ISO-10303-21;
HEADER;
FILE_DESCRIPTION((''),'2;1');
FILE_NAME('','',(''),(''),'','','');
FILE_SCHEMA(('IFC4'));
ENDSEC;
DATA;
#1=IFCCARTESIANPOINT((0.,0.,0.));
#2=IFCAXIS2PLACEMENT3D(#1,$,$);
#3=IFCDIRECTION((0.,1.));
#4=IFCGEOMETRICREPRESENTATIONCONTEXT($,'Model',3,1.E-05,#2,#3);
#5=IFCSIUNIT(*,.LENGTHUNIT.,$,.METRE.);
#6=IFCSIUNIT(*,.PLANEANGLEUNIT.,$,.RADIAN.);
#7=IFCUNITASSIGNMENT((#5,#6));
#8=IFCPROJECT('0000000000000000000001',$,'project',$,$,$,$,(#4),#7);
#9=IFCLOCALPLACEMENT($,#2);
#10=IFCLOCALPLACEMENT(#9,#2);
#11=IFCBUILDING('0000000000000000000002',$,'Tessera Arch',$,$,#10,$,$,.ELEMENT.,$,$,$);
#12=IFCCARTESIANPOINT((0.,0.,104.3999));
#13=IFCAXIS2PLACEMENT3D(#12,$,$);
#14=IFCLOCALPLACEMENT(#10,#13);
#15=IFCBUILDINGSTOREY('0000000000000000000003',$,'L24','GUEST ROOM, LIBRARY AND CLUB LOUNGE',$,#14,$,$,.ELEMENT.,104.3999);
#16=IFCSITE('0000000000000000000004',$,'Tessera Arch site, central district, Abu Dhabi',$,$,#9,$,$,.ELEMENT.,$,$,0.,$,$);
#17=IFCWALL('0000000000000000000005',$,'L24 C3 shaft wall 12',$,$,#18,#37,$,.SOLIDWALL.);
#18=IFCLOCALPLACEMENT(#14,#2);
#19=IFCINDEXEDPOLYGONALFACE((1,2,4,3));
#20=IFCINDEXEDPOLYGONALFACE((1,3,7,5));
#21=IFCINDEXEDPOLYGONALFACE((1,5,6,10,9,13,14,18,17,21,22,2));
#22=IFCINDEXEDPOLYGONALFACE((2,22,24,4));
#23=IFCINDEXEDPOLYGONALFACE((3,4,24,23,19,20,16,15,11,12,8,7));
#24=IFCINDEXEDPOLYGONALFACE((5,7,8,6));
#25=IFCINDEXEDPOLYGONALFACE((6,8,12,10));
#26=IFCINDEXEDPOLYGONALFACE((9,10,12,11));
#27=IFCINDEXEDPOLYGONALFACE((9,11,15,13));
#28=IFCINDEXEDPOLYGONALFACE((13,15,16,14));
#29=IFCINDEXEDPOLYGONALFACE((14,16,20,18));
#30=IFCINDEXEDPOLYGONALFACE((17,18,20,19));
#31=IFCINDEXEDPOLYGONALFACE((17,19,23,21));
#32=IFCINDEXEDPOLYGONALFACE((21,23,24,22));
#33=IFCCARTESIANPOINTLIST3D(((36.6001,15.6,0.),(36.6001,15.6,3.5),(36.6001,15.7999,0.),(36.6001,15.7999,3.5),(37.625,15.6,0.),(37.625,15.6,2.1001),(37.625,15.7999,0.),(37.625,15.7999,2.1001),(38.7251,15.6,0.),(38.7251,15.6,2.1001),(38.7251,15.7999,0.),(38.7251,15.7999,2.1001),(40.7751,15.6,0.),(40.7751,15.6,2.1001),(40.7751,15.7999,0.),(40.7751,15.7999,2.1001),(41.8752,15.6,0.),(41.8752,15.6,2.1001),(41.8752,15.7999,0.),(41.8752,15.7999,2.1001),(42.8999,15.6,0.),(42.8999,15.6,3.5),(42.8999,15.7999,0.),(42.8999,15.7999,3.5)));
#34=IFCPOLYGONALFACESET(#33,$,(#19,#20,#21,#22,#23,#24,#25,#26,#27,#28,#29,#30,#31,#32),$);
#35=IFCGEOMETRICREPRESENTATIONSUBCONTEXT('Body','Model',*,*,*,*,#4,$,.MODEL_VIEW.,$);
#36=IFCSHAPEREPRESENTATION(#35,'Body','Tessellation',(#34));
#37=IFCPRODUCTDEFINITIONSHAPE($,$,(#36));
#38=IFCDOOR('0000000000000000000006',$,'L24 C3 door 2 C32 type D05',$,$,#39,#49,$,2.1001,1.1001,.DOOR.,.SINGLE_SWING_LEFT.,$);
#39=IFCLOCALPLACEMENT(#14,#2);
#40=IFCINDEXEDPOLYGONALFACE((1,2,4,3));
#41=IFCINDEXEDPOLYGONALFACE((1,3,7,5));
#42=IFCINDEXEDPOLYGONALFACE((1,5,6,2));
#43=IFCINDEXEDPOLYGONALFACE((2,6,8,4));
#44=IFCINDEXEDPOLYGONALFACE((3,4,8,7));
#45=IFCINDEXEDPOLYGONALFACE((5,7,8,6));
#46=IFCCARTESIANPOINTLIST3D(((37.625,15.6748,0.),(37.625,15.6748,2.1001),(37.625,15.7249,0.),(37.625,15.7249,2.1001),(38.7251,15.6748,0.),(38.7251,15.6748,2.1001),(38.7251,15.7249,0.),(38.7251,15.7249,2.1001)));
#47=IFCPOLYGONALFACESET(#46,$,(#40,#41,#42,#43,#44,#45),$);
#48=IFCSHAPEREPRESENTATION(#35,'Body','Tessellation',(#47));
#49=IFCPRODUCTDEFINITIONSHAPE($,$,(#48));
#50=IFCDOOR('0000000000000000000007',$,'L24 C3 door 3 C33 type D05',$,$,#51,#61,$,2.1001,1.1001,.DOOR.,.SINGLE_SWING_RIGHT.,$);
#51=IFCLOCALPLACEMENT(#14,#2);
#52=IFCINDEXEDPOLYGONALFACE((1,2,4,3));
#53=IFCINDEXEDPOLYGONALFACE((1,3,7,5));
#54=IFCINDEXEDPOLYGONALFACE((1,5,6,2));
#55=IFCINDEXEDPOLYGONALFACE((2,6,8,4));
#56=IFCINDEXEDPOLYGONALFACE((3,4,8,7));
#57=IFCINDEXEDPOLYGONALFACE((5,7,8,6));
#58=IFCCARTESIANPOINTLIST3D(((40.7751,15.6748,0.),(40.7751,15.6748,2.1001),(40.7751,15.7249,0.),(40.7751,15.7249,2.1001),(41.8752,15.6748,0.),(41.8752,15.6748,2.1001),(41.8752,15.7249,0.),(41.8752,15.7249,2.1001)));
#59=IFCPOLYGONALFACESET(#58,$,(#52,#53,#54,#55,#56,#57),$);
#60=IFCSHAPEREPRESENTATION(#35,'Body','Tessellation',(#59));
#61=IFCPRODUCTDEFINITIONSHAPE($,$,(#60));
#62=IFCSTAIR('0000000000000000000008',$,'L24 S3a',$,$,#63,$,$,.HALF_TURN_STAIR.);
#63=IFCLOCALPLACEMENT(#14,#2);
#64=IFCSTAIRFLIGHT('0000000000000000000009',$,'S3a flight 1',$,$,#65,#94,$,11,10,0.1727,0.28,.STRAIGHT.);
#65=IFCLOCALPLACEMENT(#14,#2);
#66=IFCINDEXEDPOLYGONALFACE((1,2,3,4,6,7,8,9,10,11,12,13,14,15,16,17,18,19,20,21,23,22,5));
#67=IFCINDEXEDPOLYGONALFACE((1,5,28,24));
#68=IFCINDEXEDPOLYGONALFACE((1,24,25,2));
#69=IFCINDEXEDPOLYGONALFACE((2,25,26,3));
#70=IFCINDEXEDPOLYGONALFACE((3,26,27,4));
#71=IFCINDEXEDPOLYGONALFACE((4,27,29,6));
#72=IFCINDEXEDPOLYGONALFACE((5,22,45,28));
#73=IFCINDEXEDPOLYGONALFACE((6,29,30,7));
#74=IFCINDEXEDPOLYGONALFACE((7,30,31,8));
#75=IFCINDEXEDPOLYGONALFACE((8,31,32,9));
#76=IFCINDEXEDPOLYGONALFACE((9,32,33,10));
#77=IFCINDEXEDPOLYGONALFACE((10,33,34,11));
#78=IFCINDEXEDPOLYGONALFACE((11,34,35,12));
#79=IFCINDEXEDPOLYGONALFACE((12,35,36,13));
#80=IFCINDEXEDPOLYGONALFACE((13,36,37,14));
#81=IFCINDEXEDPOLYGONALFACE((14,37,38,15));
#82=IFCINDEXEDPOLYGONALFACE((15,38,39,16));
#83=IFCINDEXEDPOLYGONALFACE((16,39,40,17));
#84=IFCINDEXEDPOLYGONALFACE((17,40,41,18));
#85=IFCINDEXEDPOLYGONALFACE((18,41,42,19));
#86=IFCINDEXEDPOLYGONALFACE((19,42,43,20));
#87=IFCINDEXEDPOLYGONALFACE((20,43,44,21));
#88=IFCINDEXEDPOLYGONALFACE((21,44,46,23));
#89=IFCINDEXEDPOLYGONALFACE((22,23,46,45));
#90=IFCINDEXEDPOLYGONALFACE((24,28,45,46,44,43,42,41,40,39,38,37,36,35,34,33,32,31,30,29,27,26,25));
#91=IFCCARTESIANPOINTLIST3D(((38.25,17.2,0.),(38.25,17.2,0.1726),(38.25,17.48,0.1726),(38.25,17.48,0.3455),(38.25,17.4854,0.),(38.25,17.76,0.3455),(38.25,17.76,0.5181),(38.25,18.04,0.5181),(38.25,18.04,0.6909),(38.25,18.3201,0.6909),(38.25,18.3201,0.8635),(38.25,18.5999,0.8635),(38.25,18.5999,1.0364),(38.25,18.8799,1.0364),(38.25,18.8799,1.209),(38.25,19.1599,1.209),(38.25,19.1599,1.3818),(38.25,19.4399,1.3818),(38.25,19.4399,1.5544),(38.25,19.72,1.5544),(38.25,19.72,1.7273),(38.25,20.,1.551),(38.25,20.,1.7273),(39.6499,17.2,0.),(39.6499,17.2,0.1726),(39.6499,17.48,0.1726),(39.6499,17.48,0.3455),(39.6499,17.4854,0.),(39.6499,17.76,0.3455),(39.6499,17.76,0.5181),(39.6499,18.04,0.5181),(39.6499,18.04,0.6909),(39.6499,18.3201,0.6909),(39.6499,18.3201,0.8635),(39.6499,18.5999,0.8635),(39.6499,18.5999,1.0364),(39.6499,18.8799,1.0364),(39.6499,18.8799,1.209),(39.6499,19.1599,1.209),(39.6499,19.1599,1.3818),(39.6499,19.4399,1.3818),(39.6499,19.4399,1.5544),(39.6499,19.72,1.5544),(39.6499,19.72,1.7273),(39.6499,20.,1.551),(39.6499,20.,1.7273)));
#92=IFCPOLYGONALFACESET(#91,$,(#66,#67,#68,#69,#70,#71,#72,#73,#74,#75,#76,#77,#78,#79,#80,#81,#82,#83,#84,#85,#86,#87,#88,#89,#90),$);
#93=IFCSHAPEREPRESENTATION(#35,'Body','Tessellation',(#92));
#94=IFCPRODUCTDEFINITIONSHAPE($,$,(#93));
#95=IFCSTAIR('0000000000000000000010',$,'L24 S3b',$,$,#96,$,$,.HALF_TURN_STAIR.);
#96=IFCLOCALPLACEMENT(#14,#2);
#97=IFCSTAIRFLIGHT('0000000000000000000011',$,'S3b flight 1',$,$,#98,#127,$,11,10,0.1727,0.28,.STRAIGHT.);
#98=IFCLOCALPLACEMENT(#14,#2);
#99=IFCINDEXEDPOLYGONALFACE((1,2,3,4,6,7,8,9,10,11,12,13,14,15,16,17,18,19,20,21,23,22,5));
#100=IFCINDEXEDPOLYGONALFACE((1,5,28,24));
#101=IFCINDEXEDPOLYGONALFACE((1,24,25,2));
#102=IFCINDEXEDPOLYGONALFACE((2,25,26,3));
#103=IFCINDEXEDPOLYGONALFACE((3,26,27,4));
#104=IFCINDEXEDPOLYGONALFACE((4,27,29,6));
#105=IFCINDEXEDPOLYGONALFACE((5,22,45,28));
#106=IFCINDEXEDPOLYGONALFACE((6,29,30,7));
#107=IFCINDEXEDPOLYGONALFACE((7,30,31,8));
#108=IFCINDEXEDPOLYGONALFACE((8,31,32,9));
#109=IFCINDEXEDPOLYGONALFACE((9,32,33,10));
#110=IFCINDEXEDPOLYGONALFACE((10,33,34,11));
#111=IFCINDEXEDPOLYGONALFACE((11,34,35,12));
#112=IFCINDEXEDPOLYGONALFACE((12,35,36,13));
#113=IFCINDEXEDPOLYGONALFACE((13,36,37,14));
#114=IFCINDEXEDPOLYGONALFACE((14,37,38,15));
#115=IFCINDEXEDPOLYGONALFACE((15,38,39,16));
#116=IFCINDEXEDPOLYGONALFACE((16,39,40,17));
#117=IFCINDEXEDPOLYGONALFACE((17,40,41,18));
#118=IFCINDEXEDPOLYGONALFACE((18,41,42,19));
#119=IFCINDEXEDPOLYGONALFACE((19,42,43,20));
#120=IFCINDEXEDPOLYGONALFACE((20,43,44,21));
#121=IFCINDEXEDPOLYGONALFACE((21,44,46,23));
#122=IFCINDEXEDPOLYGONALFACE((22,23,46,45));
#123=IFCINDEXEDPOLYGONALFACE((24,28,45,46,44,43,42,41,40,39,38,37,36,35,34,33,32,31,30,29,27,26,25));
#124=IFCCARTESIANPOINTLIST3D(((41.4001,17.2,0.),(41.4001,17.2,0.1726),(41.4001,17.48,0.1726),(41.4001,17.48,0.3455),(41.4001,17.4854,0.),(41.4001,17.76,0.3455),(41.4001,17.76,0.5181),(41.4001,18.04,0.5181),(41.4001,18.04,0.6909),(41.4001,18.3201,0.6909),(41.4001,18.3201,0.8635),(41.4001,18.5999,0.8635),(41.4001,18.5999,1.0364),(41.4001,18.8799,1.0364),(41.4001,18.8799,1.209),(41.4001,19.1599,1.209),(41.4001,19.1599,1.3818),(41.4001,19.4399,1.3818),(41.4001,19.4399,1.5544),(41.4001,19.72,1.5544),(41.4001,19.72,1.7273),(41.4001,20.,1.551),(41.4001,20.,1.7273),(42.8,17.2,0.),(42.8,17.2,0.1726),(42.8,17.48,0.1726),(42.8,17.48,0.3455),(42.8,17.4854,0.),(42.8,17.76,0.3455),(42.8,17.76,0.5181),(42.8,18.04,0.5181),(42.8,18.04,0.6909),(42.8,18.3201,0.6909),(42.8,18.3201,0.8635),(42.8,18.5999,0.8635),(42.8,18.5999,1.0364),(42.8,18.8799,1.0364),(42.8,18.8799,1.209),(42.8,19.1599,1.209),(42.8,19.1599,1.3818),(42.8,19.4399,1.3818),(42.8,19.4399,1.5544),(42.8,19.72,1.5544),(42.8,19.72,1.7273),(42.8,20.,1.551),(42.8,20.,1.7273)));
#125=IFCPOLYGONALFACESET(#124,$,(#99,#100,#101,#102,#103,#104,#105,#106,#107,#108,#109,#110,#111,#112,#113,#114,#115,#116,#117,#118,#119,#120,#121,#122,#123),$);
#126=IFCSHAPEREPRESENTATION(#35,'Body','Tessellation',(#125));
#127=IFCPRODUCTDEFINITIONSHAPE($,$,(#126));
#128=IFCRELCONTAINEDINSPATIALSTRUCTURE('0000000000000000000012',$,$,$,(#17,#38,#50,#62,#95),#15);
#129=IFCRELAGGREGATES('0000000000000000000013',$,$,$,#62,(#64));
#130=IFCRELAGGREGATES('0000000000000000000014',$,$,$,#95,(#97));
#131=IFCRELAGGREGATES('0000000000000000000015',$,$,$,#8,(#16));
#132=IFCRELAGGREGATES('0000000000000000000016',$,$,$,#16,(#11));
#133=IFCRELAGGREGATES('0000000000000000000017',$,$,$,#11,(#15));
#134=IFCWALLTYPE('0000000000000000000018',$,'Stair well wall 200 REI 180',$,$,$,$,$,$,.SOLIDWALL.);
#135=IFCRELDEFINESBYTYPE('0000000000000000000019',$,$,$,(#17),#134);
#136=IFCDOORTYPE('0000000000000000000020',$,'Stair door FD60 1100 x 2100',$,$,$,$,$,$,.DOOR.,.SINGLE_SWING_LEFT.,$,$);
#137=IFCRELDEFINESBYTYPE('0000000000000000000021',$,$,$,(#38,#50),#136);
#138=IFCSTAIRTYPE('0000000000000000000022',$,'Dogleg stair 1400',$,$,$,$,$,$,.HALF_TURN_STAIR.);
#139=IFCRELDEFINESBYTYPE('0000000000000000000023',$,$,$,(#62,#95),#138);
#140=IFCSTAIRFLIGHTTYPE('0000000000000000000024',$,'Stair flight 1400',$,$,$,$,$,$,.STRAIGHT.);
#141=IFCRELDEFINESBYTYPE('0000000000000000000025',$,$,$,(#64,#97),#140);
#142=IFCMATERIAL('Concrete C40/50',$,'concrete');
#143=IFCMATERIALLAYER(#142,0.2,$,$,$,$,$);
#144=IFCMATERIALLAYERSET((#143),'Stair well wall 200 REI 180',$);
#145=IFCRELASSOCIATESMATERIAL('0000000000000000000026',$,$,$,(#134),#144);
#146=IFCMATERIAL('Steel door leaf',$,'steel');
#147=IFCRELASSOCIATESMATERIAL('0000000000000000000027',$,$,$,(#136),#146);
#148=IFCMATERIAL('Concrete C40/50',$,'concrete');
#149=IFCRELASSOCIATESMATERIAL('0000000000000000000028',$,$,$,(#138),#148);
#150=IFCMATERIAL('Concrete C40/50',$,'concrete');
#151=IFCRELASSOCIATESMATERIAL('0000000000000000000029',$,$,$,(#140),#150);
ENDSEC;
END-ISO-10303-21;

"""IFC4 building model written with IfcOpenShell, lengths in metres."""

from ifc_helpers import new_model, si_unit, direction, frame, frame_2d, origin, place, context, subcontext, project, spatial, polyline, rectangle, outline, extrude, material, layer, layer_set, type_object, element, fill, aggregate, save


model = new_model("IFC4")

# Units and contexts
model_context = context("Model", 3, precision=1e-05, world=origin(), true_north=direction((0.0, 1.0)))
body_context = subcontext(model_context, "Body", "Model", "MODEL_VIEW")
ifc_project = project(units=[si_unit("LENGTHUNIT", "METRE"), si_unit("PLANEANGLEUNIT", "RADIAN")], contexts=[model_context])

# Site, building, storey
site_placement = place(None, origin())
site = spatial("IfcSite", under=ifc_project, at=site_placement, Name="Tessera Arch site, central district, Abu Dhabi", CompositionType="ELEMENT", RefElevation=0.0)
building_placement = place(site_placement, origin())
building = spatial("IfcBuilding", under=site, at=building_placement, Name="Tessera Arch", CompositionType="ELEMENT")
storey_placement = place(building_placement, frame((0.0, 0.0, 104.3999)))
storey = spatial("IfcBuildingStorey", under=building, at=storey_placement, Name="L24", Description="GUEST ROOM, LIBRARY AND CLUB LOUNGE", CompositionType="ELEMENT", Elevation=104.3999)

# Shared definitions
ifc_material_1 = material(Name="Concrete C40/50", Category="concrete")
ifc_layer_1 = layer(ifc_material_1, 0.2)
ifc_layer_set_1 = layer_set([ifc_layer_1], Name="Stair well wall 200 REI 180")
wall_type_1 = type_object("IfcWallType", Name="Stair well wall 200 REI 180", PredefinedType="SOLIDWALL", material=ifc_layer_set_1)

# Wall, openings, doors
wall_1_placement = place(storey_placement, frame((36.6001, 15.7, 0.0), z_axis=(0.0, 0.0, 1.0), x_axis=(1.0, 0.0, 0.0)))
wall_1 = element("IfcWall", 1, at=wall_1_placement, inside=storey, type_object=wall_type_1, Name="L24 C3 shaft wall 12", PredefinedType="SOLIDWALL", context=body_context, shape_type="SweptSolid", body=[
    extrude(rectangle(XDim=6.2998, YDim=0.2, at=frame_2d((3.1499, 0.0))), origin(), (0.0, 0.0, 1.0), 3.5),
])
opening_1_placement = place(wall_1_placement, frame((1.0249, 0.0, 0.0)))
opening_1 = element("IfcOpeningElement", 2, at=opening_1_placement, cuts=wall_1, PredefinedType="OPENING", context=body_context, shape_type="SweptSolid", body=[
    extrude(rectangle(XDim=1.1001, YDim=2.1001, at=frame_2d((0.55, 1.05))), frame((0.0, 0.1099, 0.0), z_axis=(0.0, -1.0, 0.0), x_axis=(1.0, 0.0, 0.0)), (0.0, 0.0, 1.0), 0.22),
])
opening_2_placement = place(wall_1_placement, frame((4.175, 0.0, 0.0)))
opening_2 = element("IfcOpeningElement", 3, at=opening_2_placement, cuts=wall_1, PredefinedType="OPENING", context=body_context, shape_type="SweptSolid", body=[
    extrude(rectangle(XDim=1.1001, YDim=2.1001, at=frame_2d((0.55, 1.05))), frame((0.0, 0.1099, 0.0), z_axis=(0.0, -1.0, 0.0), x_axis=(1.0, 0.0, 0.0)), (0.0, 0.0, 1.0), 0.22),
])
ifc_material_2 = material(Name="Steel door leaf", Category="steel")
door_type_1 = type_object("IfcDoorType", Name="Stair door FD60 1100 x 2100", OperationType="SINGLE_SWING_LEFT", PredefinedType="DOOR", material=ifc_material_2)
door_1_placement = place(opening_1_placement, origin())
door_1 = element("IfcDoor", 4, at=door_1_placement, inside=storey, type_object=door_type_1, Name="L24 C3 door 2 C32 type D05", OperationType="SINGLE_SWING_LEFT", OverallHeight=2.1001, OverallWidth=1.1001, PredefinedType="DOOR", context=body_context, shape_type="SweptSolid", body=[
    extrude(rectangle(XDim=1.1001, YDim=2.1001, at=frame_2d((0.55, 1.05))), frame((0.0, 0.0249, 0.0), z_axis=(0.0, -1.0, 0.0), x_axis=(1.0, 0.0, 0.0)), (0.0, 0.0, 1.0), 0.05),
])
fill(opening_1, door_1)
door_2_placement = place(opening_2_placement, origin())
door_2 = element("IfcDoor", 5, at=door_2_placement, inside=storey, type_object=door_type_1, Name="L24 C3 door 3 C33 type D05", OperationType="SINGLE_SWING_RIGHT", OverallHeight=2.1001, OverallWidth=1.1001, PredefinedType="DOOR", context=body_context, shape_type="SweptSolid", body=[
    extrude(rectangle(XDim=1.1001, YDim=2.1001, at=frame_2d((0.55, 1.05))), frame((0.0, 0.0249, 0.0), z_axis=(0.0, -1.0, 0.0), x_axis=(1.0, 0.0, 0.0)), (0.0, 0.0, 1.0), 0.05),
])
fill(opening_2, door_2)

# Stairs, stair flights
ifc_material_3 = material(Name="Concrete C40/50", Category="concrete")
stair_type = type_object("IfcStairType", Name="Dogleg stair 1400", PredefinedType="HALF_TURN_STAIR", material=ifc_material_3)
stair_1_placement = place(storey_placement, origin())
stair_1 = element("IfcStair", 6, at=stair_1_placement, inside=storey, type_object=stair_type, Name="L24 S3a", PredefinedType="HALF_TURN_STAIR")
ifc_material_4 = material(Name="Concrete C40/50", Category="concrete")
stair_flight_type = type_object("IfcStairFlightType", Name="Stair flight 1400", PredefinedType="STRAIGHT", material=ifc_material_4)
stair_flight_1_placement = place(storey_placement, frame((38.95, 17.2, 0.0), z_axis=(0.0, 0.0, 1.0), x_axis=(0.0, 1.0, 0.0)))
stair_flight_1 = element("IfcStairFlight", 7, at=stair_flight_1_placement, type_object=stair_flight_type, Name="S3a flight 1", NumberOfRisers=11, NumberOfTreads=10, PredefinedType="STRAIGHT", RiserHeight=0.1727, TreadLength=0.28, context=body_context, shape_type="SweptSolid", body=[
    extrude(outline(polyline([(0.0, 0.0), (0.0, 0.1726), (0.28, 0.1726), (0.28, 0.3455), (0.5601, 0.3455), (0.5601, 0.5181), (0.8401, 0.5181), (0.8401, 0.6909), (1.1201, 0.6909), (1.1201, 0.8635), (1.3999, 0.8635), (1.3999, 1.0364), (1.6799, 1.0364), (1.6799, 1.209), (1.96, 1.209), (1.96, 1.3818), (2.24, 1.3818), (2.24, 1.5544), (2.52, 1.5544), (2.52, 1.7273), (2.8, 1.7273), (2.8, 1.8999), (2.8, 1.551), (0.2854, 0.0), (0.0, 0.0)])), frame((0.0, 0.7, 0.0), z_axis=(0.0, -1.0, 0.0), x_axis=(1.0, 0.0, 0.0)), (0.0, 0.0, 1.0), 1.3999),
])
aggregate(stair_1, [stair_flight_1])
stair_2_placement = place(storey_placement, origin())
stair_2 = element("IfcStair", 8, at=stair_2_placement, inside=storey, type_object=stair_type, Name="L24 S3b", PredefinedType="HALF_TURN_STAIR")
stair_flight_2_placement = place(storey_placement, frame((42.1001, 17.2, 0.0), z_axis=(0.0, 0.0, 1.0), x_axis=(0.0, 1.0, 0.0)))
stair_flight_2 = element("IfcStairFlight", 9, at=stair_flight_2_placement, type_object=stair_flight_type, Name="S3b flight 1", NumberOfRisers=11, NumberOfTreads=10, PredefinedType="STRAIGHT", RiserHeight=0.1727, TreadLength=0.28, context=body_context, shape_type="SweptSolid", body=[
    extrude(outline(polyline([(0.0, 0.0), (0.0, 0.1726), (0.28, 0.1726), (0.28, 0.3455), (0.5601, 0.3455), (0.5601, 0.5181), (0.8401, 0.5181), (0.8401, 0.6909), (1.1201, 0.6909), (1.1201, 0.8635), (1.3999, 0.8635), (1.3999, 1.0364), (1.6799, 1.0364), (1.6799, 1.209), (1.96, 1.209), (1.96, 1.3818), (2.24, 1.3818), (2.24, 1.5544), (2.52, 1.5544), (2.52, 1.7273), (2.8, 1.7273), (2.8, 1.8999), (2.8, 1.551), (0.2854, 0.0), (0.0, 0.0)])), frame((0.0, 0.7, 0.0), z_axis=(0.0, -1.0, 0.0), x_axis=(1.0, 0.0, 0.0)), (0.0, 0.0, 1.0), 1.3999),
])
aggregate(stair_2, [stair_flight_2])

save(model, "model.ifc")
